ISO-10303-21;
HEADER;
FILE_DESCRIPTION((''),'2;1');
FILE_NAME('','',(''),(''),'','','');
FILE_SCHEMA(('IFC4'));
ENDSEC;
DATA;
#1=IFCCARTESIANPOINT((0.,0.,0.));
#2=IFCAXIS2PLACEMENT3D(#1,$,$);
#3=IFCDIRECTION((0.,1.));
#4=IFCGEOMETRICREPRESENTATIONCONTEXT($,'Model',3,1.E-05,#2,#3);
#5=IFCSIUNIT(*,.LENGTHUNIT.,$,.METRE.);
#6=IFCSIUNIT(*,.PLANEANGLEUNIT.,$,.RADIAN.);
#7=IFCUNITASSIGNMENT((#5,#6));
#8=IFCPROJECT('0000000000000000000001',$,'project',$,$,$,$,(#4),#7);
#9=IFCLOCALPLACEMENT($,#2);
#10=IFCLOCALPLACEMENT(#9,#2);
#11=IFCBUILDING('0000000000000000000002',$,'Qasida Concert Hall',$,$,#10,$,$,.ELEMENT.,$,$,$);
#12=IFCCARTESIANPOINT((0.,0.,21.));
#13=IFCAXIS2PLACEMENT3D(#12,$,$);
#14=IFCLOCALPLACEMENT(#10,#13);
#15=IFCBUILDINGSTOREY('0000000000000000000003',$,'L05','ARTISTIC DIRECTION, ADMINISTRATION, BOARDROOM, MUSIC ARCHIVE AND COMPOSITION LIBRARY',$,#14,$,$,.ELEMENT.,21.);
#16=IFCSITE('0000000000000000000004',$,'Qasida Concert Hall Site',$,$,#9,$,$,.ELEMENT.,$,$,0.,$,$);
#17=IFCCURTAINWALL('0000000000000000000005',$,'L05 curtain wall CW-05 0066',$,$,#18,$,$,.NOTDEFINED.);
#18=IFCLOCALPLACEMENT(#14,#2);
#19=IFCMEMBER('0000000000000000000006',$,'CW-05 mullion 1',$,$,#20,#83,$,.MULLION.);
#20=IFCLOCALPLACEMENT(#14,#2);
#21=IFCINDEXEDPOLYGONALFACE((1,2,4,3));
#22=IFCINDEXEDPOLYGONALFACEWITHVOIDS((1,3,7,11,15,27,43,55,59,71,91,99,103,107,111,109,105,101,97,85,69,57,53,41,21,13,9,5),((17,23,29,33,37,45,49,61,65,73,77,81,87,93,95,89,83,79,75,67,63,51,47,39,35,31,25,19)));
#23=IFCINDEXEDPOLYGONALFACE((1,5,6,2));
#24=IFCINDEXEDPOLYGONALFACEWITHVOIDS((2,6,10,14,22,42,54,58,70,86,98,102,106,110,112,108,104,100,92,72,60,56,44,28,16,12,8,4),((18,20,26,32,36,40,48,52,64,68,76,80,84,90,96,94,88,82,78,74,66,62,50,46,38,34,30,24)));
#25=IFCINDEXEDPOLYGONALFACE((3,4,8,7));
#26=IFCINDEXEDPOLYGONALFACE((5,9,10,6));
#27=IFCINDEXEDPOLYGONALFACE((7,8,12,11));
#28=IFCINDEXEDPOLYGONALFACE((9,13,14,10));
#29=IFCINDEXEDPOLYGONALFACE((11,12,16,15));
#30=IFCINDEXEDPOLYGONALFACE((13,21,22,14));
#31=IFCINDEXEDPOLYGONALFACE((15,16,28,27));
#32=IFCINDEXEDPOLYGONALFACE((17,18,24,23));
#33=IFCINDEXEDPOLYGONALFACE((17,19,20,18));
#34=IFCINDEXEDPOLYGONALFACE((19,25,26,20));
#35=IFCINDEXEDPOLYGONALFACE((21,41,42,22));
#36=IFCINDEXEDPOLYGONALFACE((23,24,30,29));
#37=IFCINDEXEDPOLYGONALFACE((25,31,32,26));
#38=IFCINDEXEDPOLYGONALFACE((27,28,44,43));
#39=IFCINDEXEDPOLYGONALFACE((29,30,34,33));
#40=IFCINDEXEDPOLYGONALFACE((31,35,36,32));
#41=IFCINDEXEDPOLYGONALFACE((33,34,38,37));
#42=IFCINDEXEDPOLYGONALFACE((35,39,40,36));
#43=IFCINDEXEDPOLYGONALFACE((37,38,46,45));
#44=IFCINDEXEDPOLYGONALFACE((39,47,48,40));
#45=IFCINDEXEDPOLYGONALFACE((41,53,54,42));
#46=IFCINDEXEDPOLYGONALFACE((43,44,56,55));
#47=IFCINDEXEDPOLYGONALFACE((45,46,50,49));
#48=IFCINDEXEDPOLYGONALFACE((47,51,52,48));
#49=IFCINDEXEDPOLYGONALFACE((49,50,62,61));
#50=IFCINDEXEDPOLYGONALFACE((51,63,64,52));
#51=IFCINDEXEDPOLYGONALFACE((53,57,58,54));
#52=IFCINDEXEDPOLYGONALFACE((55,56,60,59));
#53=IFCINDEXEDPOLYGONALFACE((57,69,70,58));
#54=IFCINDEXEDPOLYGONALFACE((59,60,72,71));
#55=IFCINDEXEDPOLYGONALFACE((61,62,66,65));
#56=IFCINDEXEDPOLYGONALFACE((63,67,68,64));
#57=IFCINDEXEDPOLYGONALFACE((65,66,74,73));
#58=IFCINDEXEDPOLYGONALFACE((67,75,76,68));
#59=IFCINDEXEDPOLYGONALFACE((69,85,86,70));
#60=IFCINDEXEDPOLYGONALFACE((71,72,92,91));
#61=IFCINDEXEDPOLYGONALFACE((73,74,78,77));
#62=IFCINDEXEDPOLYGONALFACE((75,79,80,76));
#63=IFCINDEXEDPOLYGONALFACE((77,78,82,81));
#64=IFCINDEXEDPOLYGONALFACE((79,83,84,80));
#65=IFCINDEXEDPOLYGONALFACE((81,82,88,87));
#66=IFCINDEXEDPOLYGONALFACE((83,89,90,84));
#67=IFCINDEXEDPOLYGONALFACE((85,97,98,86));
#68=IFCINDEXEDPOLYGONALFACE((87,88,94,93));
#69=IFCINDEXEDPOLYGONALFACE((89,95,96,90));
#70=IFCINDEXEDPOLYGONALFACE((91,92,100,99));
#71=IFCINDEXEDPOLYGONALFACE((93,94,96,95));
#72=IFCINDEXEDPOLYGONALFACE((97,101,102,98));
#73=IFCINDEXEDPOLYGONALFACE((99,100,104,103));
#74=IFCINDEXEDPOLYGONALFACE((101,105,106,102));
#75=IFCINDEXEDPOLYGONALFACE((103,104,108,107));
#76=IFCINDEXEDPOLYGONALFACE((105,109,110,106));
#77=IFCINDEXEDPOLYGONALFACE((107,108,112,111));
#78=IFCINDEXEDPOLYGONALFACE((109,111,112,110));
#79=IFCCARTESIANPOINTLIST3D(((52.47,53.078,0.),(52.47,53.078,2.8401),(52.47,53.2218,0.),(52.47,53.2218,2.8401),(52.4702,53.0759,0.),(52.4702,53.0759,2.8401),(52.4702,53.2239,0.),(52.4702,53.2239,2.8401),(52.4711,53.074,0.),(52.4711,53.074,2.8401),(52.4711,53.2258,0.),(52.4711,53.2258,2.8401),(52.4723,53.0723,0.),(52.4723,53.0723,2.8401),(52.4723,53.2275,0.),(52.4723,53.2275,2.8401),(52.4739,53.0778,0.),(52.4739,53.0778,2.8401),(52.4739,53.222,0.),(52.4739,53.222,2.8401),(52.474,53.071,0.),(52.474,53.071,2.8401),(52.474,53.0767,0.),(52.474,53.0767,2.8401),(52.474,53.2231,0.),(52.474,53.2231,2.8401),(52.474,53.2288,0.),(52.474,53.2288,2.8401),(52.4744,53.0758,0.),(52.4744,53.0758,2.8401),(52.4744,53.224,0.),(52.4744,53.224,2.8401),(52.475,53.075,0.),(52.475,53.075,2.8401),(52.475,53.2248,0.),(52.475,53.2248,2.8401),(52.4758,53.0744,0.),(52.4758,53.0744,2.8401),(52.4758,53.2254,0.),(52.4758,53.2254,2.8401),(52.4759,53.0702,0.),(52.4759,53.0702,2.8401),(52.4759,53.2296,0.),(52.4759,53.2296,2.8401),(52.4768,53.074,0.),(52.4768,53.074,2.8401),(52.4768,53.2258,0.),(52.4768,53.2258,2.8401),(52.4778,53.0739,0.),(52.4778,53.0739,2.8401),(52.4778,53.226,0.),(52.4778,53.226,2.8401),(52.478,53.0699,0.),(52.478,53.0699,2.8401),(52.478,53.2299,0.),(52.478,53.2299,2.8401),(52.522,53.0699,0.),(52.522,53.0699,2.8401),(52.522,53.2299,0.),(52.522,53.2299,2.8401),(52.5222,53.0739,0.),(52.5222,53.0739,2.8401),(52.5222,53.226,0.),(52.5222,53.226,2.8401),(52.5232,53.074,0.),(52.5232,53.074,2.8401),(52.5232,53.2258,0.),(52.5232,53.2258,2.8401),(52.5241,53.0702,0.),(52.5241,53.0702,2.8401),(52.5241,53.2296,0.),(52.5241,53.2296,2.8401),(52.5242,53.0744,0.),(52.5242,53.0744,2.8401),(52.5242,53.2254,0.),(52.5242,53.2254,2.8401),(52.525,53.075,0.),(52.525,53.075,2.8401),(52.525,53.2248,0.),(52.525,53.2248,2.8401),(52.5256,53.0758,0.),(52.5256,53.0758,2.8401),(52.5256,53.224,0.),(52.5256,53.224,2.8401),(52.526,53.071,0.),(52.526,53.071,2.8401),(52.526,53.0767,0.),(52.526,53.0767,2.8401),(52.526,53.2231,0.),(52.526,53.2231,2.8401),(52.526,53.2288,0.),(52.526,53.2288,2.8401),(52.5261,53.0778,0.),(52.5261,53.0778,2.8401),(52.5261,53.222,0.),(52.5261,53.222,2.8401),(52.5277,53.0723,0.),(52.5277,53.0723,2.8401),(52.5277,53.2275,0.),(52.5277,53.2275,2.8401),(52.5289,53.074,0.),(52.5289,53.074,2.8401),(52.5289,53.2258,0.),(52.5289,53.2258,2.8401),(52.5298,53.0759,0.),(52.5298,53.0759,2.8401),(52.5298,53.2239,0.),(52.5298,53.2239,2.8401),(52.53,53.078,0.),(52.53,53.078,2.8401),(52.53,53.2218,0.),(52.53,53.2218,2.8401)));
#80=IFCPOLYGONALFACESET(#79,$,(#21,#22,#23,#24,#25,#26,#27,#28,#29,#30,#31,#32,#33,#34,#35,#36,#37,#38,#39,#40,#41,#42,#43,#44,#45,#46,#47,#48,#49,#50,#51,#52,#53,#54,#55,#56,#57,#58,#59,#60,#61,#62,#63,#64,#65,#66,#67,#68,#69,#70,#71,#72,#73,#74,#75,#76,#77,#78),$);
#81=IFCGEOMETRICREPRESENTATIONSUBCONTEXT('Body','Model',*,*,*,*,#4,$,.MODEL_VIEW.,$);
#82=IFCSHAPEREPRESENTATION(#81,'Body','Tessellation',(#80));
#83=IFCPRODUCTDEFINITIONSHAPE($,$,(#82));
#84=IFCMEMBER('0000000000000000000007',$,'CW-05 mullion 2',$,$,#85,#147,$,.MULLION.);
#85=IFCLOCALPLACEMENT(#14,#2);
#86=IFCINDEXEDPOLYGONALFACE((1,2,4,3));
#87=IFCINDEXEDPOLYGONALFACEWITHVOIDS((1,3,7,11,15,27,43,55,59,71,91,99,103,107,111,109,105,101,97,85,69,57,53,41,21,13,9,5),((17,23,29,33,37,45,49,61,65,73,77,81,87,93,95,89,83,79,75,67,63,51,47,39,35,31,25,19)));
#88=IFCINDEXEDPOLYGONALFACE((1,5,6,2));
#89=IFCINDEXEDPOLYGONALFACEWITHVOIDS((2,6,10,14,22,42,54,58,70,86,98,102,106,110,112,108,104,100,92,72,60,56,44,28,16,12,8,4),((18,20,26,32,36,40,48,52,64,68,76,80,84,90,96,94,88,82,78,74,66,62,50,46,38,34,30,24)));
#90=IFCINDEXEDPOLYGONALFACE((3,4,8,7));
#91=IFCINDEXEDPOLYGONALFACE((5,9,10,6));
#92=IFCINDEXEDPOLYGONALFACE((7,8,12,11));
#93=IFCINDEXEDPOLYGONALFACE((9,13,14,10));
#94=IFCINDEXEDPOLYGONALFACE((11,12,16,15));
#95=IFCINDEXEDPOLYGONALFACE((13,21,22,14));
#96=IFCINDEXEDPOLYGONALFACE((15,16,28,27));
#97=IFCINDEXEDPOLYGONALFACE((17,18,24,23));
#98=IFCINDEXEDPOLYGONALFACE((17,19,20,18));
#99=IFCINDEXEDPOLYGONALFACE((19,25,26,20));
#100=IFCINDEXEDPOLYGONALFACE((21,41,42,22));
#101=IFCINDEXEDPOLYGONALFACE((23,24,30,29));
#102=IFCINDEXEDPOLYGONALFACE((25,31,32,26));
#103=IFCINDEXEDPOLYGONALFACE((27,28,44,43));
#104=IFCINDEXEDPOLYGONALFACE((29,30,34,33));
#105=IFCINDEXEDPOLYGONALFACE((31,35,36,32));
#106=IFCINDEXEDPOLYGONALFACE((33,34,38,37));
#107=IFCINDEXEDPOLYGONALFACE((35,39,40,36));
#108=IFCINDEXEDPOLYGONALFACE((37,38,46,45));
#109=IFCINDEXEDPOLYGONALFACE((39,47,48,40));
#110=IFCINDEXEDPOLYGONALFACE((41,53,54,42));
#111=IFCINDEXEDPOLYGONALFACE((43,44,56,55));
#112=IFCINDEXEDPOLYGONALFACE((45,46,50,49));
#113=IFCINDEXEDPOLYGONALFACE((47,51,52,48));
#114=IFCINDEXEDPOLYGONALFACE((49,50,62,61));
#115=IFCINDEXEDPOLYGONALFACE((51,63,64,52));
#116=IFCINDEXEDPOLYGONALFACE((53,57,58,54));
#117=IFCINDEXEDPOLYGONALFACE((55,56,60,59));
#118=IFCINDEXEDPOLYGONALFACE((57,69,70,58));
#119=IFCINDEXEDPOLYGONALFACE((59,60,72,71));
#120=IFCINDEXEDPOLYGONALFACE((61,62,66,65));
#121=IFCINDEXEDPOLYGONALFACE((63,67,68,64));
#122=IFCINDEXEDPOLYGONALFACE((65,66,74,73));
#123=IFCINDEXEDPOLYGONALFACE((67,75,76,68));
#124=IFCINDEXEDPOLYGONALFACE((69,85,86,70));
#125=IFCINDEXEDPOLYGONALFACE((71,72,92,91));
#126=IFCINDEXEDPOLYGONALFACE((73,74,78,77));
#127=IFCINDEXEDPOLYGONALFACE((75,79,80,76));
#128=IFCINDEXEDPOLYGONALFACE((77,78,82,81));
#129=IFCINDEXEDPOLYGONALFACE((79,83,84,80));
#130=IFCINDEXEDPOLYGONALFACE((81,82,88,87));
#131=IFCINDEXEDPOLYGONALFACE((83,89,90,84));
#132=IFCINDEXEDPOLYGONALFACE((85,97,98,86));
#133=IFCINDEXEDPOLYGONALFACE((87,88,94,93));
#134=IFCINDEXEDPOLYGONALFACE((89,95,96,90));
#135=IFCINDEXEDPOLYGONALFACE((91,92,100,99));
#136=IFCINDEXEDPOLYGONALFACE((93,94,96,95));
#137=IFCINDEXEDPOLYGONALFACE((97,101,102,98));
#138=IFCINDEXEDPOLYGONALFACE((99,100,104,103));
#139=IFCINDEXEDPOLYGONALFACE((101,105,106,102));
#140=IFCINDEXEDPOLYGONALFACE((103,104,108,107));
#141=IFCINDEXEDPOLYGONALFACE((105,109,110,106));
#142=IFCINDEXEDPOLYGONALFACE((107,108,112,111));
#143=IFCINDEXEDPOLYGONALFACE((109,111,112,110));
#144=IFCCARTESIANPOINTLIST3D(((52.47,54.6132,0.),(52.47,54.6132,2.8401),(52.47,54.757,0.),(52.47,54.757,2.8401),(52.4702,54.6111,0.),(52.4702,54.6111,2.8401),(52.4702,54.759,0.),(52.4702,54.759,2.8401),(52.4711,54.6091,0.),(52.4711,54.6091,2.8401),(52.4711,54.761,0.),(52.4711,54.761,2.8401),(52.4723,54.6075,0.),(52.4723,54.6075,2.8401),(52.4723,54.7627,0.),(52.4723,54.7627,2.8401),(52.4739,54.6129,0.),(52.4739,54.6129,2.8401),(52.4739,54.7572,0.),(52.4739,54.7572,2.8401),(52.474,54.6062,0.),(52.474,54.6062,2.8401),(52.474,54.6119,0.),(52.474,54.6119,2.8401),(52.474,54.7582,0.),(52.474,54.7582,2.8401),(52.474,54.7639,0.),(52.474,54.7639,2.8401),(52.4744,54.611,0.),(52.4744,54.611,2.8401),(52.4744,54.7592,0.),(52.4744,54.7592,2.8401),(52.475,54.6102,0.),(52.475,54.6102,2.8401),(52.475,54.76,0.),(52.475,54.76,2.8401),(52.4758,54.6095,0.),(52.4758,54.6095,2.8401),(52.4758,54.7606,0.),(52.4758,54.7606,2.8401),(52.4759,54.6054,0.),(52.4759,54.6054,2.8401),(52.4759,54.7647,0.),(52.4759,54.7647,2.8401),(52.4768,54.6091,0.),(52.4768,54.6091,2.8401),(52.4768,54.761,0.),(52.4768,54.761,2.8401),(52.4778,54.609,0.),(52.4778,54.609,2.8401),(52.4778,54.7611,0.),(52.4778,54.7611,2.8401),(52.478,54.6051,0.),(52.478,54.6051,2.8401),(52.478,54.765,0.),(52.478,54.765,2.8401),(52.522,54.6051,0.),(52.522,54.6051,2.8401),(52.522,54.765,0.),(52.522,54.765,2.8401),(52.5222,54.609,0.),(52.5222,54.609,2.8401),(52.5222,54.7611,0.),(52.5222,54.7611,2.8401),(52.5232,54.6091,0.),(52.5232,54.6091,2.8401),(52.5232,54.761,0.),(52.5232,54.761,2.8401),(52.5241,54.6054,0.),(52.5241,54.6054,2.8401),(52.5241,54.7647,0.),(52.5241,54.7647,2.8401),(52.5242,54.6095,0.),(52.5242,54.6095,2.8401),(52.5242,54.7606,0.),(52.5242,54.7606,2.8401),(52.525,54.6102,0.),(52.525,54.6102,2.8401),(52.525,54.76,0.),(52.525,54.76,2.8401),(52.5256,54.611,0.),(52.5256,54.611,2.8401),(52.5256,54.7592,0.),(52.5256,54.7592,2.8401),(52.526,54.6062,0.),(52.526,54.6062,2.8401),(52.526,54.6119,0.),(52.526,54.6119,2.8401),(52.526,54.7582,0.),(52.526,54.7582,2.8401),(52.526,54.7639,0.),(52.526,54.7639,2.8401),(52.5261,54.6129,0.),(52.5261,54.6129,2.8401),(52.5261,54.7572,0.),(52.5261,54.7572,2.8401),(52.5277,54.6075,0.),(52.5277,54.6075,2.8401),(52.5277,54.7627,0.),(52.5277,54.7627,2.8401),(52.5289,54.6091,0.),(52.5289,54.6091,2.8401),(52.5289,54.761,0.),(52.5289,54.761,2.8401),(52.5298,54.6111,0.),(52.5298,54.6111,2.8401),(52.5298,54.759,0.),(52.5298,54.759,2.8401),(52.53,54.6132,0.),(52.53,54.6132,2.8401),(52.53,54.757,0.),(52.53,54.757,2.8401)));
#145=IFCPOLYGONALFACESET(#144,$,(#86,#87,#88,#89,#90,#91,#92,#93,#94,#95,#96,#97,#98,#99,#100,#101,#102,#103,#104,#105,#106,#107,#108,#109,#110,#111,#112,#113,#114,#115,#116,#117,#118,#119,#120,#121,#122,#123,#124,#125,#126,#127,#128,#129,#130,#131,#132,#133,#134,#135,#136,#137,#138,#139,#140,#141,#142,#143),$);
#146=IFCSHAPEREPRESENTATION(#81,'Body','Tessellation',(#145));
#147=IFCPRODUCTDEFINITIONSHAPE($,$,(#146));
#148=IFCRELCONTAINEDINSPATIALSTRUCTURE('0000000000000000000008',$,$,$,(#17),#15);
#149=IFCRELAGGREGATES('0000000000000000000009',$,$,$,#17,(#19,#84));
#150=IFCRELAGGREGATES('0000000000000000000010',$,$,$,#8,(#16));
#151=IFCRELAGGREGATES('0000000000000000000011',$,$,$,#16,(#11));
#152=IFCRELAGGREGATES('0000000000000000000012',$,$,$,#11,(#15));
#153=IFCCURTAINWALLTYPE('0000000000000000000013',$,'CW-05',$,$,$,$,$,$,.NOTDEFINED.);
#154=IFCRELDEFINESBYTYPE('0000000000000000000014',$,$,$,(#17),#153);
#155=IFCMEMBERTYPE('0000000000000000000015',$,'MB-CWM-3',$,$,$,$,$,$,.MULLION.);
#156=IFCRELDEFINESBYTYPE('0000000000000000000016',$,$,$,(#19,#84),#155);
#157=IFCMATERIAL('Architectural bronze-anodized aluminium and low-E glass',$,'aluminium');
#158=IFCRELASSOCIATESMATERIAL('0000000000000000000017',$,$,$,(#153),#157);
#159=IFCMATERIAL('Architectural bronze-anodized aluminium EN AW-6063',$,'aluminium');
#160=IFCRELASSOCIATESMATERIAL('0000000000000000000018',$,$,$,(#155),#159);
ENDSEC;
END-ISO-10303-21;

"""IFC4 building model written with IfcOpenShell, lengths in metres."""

from ifc_helpers import new_model, si_unit, direction, frame, origin, origin_2d, place, context, subcontext, project, spatial, hollow_rectangle, extrude, material, material_profile, profile_set, type_object, element, aggregate, save


model = new_model("IFC4")

# Units and contexts
model_context = context("Model", 3, precision=1e-05, world=origin(), true_north=direction((0.0, 1.0)))
body_context = subcontext(model_context, "Body", "Model", "MODEL_VIEW")
ifc_project = project(units=[si_unit("LENGTHUNIT", "METRE"), si_unit("PLANEANGLEUNIT", "RADIAN")], contexts=[model_context])

# Site, building, storey
site_placement = place(None, origin())
site = spatial("IfcSite", under=ifc_project, at=site_placement, Name="Qasida Concert Hall Site", CompositionType="ELEMENT", RefElevation=0.0)
building_placement = place(site_placement, origin())
building = spatial("IfcBuilding", under=site, at=building_placement, Name="Qasida Concert Hall", CompositionType="ELEMENT")
storey_placement = place(building_placement, frame((0.0, 0.0, 21.0)))
storey = spatial("IfcBuildingStorey", under=building, at=storey_placement, Name="L05", Description="ARTISTIC DIRECTION, ADMINISTRATION, BOARDROOM, MUSIC ARCHIVE AND COMPOSITION LIBRARY", CompositionType="ELEMENT", Elevation=21.0)

# Curtain wall, members
ifc_material_1 = material(Name="Architectural bronze-anodized aluminium and low-E glass", Category="aluminium")
curtain_wall_type = type_object("IfcCurtainWallType", Name="CW-05", PredefinedType="NOTDEFINED", material=ifc_material_1)
curtain_wall_placement = place(storey_placement, origin())
curtain_wall = element("IfcCurtainWall", 1, at=curtain_wall_placement, inside=storey, type_object=curtain_wall_type, Name="L05 curtain wall CW-05 0066", PredefinedType="NOTDEFINED")
ifc_material_2 = material(Name="Architectural bronze-anodized aluminium EN AW-6063", Category="aluminium")
ifc_material_profile_1 = material_profile(ifc_material_2, hollow_rectangle(XDim=0.0601, YDim=0.1599, WallThickness=0.0039, InnerFilletRadius=0.0039, OuterFilletRadius=0.0081, at=origin_2d()), Name="CWM 160x60x4")
ifc_profile_set_1 = profile_set([ifc_material_profile_1], Name="Architectural bronze-anodized aluminium EN AW-6063")
member_type_1 = type_object("IfcMemberType", Name="MB-CWM-3", PredefinedType="MULLION", material=ifc_profile_set_1)
member_1_placement = place(storey_placement, frame((52.5, 53.1499, 0.0), z_axis=(0.0, 0.0, 1.0), x_axis=(-1.0, 0.0, 0.0)))
member_1 = element("IfcMember", 2, at=member_1_placement, type_object=member_type_1, Name="CW-05 mullion 1", PredefinedType="MULLION", context=body_context, shape_type="SweptSolid", body=[
    extrude(hollow_rectangle(XDim=0.0601, YDim=0.1599, WallThickness=0.0039, InnerFilletRadius=0.0039, OuterFilletRadius=0.0081, at=origin_2d()), origin(), (0.0, 0.0, 1.0), 2.8401),
])
member_2_placement = place(storey_placement, frame((52.5, 54.6851, 0.0), z_axis=(0.0, 0.0, 1.0), x_axis=(-1.0, 0.0, 0.0)))
member_2 = element("IfcMember", 3, at=member_2_placement, type_object=member_type_1, Name="CW-05 mullion 2", PredefinedType="MULLION", context=body_context, shape_type="SweptSolid", body=[
    extrude(hollow_rectangle(XDim=0.0601, YDim=0.1599, WallThickness=0.0039, InnerFilletRadius=0.0039, OuterFilletRadius=0.0081, at=origin_2d()), origin(), (0.0, 0.0, 1.0), 2.8401),
])
aggregate(curtain_wall, [member_1, member_2])

save(model, "model.ifc")
